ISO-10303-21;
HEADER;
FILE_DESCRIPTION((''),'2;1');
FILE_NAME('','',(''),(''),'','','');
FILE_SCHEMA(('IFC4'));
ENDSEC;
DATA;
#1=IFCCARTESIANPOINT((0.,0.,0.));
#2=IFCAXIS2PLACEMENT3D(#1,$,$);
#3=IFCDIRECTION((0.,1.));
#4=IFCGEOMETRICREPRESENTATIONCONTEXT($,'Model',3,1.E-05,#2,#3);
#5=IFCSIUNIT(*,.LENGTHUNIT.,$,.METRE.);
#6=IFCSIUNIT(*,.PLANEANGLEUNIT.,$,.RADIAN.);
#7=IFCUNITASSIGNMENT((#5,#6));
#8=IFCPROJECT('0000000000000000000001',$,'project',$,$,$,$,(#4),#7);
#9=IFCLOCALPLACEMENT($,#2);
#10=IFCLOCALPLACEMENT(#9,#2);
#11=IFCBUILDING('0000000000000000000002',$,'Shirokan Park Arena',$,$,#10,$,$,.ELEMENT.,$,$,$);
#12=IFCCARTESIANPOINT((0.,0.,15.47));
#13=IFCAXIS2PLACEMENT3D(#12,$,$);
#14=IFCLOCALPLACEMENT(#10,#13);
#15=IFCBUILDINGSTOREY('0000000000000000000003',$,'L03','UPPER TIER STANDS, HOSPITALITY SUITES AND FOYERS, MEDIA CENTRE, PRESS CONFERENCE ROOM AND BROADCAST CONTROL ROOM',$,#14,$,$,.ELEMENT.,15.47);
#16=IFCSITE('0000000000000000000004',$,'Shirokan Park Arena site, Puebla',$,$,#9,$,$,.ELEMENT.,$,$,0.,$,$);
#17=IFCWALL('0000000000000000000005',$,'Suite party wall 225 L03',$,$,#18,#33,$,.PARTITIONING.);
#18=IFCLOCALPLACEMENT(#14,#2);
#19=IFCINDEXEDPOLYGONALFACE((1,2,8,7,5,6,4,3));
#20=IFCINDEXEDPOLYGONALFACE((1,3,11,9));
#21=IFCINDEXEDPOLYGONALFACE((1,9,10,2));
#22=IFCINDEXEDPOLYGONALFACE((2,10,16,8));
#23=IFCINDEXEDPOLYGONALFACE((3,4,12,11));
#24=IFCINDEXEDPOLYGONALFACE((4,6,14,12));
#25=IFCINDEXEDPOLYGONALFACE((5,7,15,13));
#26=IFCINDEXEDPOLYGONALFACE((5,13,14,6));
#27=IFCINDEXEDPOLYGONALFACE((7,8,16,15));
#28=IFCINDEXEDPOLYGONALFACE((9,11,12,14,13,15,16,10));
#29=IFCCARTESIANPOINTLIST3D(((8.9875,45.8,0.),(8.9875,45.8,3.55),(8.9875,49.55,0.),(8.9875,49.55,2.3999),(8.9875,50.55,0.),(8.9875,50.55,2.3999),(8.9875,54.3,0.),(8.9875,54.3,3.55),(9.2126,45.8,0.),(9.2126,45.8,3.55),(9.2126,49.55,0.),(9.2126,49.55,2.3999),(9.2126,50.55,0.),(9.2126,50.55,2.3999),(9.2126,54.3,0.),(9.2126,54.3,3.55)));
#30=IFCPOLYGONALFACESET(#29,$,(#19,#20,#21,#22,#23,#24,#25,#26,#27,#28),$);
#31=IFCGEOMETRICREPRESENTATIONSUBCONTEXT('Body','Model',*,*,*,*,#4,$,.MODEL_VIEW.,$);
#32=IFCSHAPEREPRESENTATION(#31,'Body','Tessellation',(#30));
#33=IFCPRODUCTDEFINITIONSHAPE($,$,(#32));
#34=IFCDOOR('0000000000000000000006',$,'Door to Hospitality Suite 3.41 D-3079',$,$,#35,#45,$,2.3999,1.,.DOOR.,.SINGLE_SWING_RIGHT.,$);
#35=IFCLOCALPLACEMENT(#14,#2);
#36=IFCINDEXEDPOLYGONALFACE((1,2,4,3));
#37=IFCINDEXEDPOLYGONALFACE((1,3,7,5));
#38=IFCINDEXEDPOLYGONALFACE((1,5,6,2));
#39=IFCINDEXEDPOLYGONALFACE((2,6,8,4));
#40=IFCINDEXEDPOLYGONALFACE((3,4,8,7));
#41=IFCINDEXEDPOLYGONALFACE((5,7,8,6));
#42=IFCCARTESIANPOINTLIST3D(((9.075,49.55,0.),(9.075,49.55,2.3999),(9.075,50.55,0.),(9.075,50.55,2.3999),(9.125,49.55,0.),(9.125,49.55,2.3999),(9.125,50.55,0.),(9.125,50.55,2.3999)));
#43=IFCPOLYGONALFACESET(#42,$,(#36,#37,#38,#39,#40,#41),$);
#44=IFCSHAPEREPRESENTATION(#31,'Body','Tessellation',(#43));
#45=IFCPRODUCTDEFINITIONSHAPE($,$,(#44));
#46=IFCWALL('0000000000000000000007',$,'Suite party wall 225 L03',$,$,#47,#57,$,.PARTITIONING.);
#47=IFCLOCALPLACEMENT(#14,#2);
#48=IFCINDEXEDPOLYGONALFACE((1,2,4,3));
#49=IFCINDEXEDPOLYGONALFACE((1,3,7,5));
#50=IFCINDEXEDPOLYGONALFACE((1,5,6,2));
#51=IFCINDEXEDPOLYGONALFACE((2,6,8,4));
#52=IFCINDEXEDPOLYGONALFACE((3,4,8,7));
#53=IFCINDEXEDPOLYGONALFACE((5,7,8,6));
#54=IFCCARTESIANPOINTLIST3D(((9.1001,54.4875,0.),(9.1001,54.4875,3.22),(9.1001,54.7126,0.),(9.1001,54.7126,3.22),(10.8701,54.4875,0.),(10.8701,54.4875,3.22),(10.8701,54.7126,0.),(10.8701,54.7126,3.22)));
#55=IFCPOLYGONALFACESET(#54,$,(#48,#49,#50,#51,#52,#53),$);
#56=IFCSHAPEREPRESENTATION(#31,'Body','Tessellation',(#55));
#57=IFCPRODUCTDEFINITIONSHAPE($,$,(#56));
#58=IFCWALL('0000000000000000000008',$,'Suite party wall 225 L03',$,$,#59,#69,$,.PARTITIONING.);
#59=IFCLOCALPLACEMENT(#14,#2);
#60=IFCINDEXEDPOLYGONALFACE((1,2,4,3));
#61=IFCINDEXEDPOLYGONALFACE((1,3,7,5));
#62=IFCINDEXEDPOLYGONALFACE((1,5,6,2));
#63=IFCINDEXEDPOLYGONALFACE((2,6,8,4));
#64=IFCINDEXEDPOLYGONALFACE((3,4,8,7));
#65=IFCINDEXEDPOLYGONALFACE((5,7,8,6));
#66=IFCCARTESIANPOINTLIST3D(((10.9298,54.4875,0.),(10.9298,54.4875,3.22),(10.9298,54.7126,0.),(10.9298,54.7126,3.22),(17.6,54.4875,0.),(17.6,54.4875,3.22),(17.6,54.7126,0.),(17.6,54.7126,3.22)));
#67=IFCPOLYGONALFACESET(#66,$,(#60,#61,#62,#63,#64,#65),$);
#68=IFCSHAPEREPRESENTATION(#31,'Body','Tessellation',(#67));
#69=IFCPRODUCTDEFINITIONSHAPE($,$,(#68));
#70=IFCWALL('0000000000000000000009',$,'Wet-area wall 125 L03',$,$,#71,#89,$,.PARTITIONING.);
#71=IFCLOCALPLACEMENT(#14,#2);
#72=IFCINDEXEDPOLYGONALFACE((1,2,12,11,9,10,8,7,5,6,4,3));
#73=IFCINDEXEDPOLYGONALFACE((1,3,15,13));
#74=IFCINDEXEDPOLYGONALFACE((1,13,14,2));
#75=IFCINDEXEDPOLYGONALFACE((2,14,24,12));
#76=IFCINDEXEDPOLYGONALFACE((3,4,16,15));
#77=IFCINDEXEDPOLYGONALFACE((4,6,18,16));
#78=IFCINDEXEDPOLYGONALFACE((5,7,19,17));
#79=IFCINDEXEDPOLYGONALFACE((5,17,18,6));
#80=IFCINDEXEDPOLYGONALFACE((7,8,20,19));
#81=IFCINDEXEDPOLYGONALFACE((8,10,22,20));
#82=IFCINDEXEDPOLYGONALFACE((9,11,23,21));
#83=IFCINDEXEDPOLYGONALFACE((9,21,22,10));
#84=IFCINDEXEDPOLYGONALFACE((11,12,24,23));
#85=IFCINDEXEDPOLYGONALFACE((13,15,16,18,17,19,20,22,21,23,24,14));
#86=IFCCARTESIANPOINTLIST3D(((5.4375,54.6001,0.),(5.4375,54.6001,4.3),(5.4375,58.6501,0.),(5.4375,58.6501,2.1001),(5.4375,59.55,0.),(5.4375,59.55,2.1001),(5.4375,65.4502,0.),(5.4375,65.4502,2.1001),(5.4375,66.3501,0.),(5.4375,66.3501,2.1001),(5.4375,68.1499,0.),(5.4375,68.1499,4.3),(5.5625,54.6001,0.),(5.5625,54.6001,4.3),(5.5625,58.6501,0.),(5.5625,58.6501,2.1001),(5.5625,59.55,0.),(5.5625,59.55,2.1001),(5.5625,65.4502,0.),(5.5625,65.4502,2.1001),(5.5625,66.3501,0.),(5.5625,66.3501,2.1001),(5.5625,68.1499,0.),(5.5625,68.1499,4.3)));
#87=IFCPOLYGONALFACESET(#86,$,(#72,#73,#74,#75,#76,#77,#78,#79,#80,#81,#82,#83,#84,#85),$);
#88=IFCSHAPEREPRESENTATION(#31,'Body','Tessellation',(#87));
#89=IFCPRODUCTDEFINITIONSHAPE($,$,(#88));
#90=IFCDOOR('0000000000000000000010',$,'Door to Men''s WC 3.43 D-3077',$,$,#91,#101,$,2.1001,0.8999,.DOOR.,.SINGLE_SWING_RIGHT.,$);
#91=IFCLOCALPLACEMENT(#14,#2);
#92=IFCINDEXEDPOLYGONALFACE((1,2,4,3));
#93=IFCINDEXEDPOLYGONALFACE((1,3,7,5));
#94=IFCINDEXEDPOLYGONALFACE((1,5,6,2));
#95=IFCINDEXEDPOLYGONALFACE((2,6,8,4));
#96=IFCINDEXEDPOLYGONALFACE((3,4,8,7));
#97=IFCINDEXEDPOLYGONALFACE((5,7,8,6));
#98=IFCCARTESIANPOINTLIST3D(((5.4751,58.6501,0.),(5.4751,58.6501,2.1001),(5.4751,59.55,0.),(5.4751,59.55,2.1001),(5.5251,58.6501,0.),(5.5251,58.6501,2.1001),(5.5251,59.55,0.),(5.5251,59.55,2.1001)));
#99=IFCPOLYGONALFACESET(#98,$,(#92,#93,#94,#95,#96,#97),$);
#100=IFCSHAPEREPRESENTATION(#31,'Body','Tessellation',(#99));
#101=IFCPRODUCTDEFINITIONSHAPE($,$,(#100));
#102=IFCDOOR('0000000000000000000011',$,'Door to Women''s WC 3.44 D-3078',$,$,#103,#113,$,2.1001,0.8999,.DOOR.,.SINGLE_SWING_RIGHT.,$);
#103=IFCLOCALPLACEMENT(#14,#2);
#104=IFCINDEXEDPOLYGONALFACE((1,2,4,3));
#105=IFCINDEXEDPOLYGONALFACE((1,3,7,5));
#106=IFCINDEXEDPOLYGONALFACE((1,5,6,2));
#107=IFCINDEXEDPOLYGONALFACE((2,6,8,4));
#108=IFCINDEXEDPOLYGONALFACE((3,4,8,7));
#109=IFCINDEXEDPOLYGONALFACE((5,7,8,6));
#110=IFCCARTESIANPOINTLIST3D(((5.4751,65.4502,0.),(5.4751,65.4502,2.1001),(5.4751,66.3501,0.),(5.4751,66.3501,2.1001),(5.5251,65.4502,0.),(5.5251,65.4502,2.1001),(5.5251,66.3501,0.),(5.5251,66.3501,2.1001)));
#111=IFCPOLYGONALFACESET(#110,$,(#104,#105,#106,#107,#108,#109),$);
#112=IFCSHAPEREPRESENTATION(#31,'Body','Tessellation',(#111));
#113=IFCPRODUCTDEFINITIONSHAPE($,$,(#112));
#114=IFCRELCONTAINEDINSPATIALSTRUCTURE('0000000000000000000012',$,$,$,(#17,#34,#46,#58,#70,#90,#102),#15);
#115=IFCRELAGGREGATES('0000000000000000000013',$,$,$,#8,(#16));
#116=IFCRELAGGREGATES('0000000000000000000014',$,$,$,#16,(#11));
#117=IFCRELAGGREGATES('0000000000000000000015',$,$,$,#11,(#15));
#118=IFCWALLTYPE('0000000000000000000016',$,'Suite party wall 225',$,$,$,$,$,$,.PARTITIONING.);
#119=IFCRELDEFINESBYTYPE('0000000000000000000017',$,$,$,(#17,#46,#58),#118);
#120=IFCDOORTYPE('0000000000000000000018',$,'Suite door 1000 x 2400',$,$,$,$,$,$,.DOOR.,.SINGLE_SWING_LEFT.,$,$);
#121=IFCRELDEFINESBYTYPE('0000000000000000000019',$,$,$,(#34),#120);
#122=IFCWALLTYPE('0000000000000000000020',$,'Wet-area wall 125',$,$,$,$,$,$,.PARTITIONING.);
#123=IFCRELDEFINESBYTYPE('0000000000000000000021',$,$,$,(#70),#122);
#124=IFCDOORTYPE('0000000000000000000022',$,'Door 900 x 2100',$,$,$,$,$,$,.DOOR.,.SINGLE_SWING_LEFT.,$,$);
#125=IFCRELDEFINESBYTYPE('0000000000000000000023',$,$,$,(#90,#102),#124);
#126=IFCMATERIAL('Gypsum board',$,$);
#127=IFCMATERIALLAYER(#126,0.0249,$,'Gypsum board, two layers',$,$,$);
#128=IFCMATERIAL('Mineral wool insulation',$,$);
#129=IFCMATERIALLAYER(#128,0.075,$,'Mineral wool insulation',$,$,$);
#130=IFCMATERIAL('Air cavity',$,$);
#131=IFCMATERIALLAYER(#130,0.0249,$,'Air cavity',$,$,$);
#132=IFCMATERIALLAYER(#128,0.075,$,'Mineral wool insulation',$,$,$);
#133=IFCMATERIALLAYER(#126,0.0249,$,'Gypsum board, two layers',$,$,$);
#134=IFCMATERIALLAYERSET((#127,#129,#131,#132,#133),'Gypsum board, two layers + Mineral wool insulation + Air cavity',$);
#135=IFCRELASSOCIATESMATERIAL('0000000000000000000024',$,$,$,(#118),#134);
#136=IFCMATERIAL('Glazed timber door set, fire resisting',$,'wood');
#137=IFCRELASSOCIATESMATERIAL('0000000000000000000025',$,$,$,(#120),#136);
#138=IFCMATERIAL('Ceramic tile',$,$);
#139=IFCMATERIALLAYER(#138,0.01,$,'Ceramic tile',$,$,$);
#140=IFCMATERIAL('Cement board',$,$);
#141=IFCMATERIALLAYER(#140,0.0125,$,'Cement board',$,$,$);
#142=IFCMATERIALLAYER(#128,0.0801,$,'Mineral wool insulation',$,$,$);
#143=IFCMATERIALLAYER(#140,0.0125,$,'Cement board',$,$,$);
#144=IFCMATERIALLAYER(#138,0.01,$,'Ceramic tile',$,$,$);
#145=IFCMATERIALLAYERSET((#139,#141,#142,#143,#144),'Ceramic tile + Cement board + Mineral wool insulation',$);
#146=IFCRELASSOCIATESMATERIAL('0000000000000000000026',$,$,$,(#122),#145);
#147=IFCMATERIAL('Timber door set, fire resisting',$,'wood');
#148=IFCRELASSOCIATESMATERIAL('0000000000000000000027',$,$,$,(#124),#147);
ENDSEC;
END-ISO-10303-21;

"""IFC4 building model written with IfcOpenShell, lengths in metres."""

from ifc_helpers import new_model, si_unit, direction, frame, frame_2d, origin, place, context, subcontext, project, spatial, rectangle, extrude, material, layer, layer_set, type_object, element, fill, save


model = new_model("IFC4")

# Units and contexts
model_context = context("Model", 3, precision=1e-05, world=origin(), true_north=direction((0.0, 1.0)))
body_context = subcontext(model_context, "Body", "Model", "MODEL_VIEW")
ifc_project = project(units=[si_unit("LENGTHUNIT", "METRE"), si_unit("PLANEANGLEUNIT", "RADIAN")], contexts=[model_context])

# Site, building, storey
site_placement = place(None, origin())
site = spatial("IfcSite", under=ifc_project, at=site_placement, Name="Shirokan Park Arena site, Puebla", CompositionType="ELEMENT", RefElevation=0.0)
building_placement = place(site_placement, origin())
building = spatial("IfcBuilding", under=site, at=building_placement, Name="Shirokan Park Arena", CompositionType="ELEMENT")
storey_placement = place(building_placement, frame((0.0, 0.0, 15.47)))
storey = spatial("IfcBuildingStorey", under=building, at=storey_placement, Name="L03", Description="UPPER TIER STANDS, HOSPITALITY SUITES AND FOYERS, MEDIA CENTRE, PRESS CONFERENCE ROOM AND BROADCAST CONTROL ROOM", CompositionType="ELEMENT", Elevation=15.47)

# Shared definitions
ifc_material_1 = material(Name="Mineral wool insulation")
ifc_material_2 = material(Name="Gypsum board")

# Wall, opening, door
ifc_layer_1 = layer(ifc_material_2, 0.0249, Name="Gypsum board, two layers")
ifc_layer_2 = layer(ifc_material_1, 0.075, Name="Mineral wool insulation")
ifc_material_3 = material(Name="Air cavity")
ifc_layer_3 = layer(ifc_material_3, 0.0249, Name="Air cavity")
ifc_layer_4 = layer(ifc_material_1, 0.075, Name="Mineral wool insulation")
ifc_layer_5 = layer(ifc_material_2, 0.0249, Name="Gypsum board, two layers")
ifc_layer_set_1 = layer_set([ifc_layer_1, ifc_layer_2, ifc_layer_3, ifc_layer_4, ifc_layer_5], Name="Gypsum board, two layers + Mineral wool insulation + Air cavity")
wall_type_1 = type_object("IfcWallType", Name="Suite party wall 225", PredefinedType="PARTITIONING", material=ifc_layer_set_1)
wall_1_placement = place(storey_placement, frame((9.1001, 54.3, 0.0), z_axis=(0.0, 0.0, 1.0), x_axis=(0.0, -1.0, 0.0)))
wall_1 = element("IfcWall", 1, at=wall_1_placement, inside=storey, type_object=wall_type_1, Name="Suite party wall 225 L03", PredefinedType="PARTITIONING", context=body_context, shape_type="SweptSolid", body=[
    extrude(rectangle(XDim=8.5, YDim=0.2251, at=frame_2d((4.25, 0.0))), origin(), (0.0, 0.0, 1.0), 3.55),
])
opening_1_placement = place(wall_1_placement, frame((3.75, 0.0, 0.0)))
opening_1 = element("IfcOpeningElement", 2, at=opening_1_placement, cuts=wall_1, PredefinedType="OPENING", context=body_context, shape_type="SweptSolid", body=[
    extrude(rectangle(XDim=1.0, YDim=2.3999, at=frame_2d((0.5, 1.2))), frame((0.0, 0.1226, 0.0), z_axis=(0.0, -1.0, 0.0), x_axis=(1.0, 0.0, 0.0)), (0.0, 0.0, 1.0), 0.2451),
])
ifc_material_4 = material(Name="Glazed timber door set, fire resisting", Category="wood")
door_type_1 = type_object("IfcDoorType", Name="Suite door 1000 x 2400", OperationType="SINGLE_SWING_LEFT", PredefinedType="DOOR", material=ifc_material_4)
door_1_placement = place(opening_1_placement, origin())
door_1 = element("IfcDoor", 3, at=door_1_placement, inside=storey, type_object=door_type_1, Name="Door to Hospitality Suite 3.41 D-3079", OperationType="SINGLE_SWING_RIGHT", OverallHeight=2.3999, OverallWidth=1.0, PredefinedType="DOOR", context=body_context, shape_type="SweptSolid", body=[
    extrude(rectangle(XDim=1.0, YDim=2.3999, at=frame_2d((0.5, 1.2))), frame((0.0, 0.0249, 0.0), z_axis=(0.0, -1.0, 0.0), x_axis=(1.0, 0.0, 0.0)), (0.0, 0.0, 1.0), 0.05),
])
fill(opening_1, door_1)

# Walls
wall_2_placement = place(storey_placement, frame((9.1001, 54.6001, 0.0), z_axis=(0.0, 0.0, 1.0), x_axis=(1.0, 0.0, 0.0)))
element("IfcWall", 4, at=wall_2_placement, inside=storey, type_object=wall_type_1, Name="Suite party wall 225 L03", PredefinedType="PARTITIONING", context=body_context, shape_type="SweptSolid", body=[
    extrude(rectangle(XDim=1.77, YDim=0.2251, at=frame_2d((0.885, 0.0))), origin(), (0.0, 0.0, 1.0), 3.22),
])
wall_3_placement = place(storey_placement, frame((10.9299, 54.6001, 0.0), z_axis=(0.0, 0.0, 1.0), x_axis=(1.0, 0.0, 0.0)))
element("IfcWall", 5, at=wall_3_placement, inside=storey, type_object=wall_type_1, Name="Suite party wall 225 L03", PredefinedType="PARTITIONING", context=body_context, shape_type="SweptSolid", body=[
    extrude(rectangle(XDim=6.6702, YDim=0.2251, at=frame_2d((3.335, 0.0))), origin(), (0.0, 0.0, 1.0), 3.22),
])

# Wall, openings, doors
ifc_material_5 = material(Name="Ceramic tile")
ifc_layer_6 = layer(ifc_material_5, 0.01, Name="Ceramic tile")
ifc_material_6 = material(Name="Cement board")
ifc_layer_7 = layer(ifc_material_6, 0.0125, Name="Cement board")
ifc_layer_8 = layer(ifc_material_1, 0.0801, Name="Mineral wool insulation")
ifc_layer_9 = layer(ifc_material_6, 0.0125, Name="Cement board")
ifc_layer_10 = layer(ifc_material_5, 0.01, Name="Ceramic tile")
ifc_layer_set_2 = layer_set([ifc_layer_6, ifc_layer_7, ifc_layer_8, ifc_layer_9, ifc_layer_10], Name="Ceramic tile + Cement board + Mineral wool insulation")
wall_type_2 = type_object("IfcWallType", Name="Wet-area wall 125", PredefinedType="PARTITIONING", material=ifc_layer_set_2)
wall_4_placement = place(storey_placement, frame((5.5, 54.6001, 0.0), z_axis=(0.0, 0.0, 1.0), x_axis=(0.0, 1.0, 0.0)))
wall_4 = element("IfcWall", 6, at=wall_4_placement, inside=storey, type_object=wall_type_2, Name="Wet-area wall 125 L03", PredefinedType="PARTITIONING", context=body_context, shape_type="SweptSolid", body=[
    extrude(rectangle(XDim=13.5498, YDim=0.125, at=frame_2d((6.7749, 0.0))), origin(), (0.0, 0.0, 1.0), 4.3),
])
opening_2_placement = place(wall_4_placement, frame((4.05, 0.0, 0.0)))
opening_2 = element("IfcOpeningElement", 7, at=opening_2_placement, cuts=wall_4, PredefinedType="OPENING", context=body_context, shape_type="SweptSolid", body=[
    extrude(rectangle(XDim=0.8999, YDim=2.1001, at=frame_2d((0.45, 1.05))), frame((0.0, 0.0725, 0.0), z_axis=(0.0, -1.0, 0.0), x_axis=(1.0, 0.0, 0.0)), (0.0, 0.0, 1.0), 0.145),
])
opening_3_placement = place(wall_4_placement, frame((10.8501, 0.0, 0.0)))
opening_3 = element("IfcOpeningElement", 8, at=opening_3_placement, cuts=wall_4, PredefinedType="OPENING", context=body_context, shape_type="SweptSolid", body=[
    extrude(rectangle(XDim=0.8999, YDim=2.1001, at=frame_2d((0.45, 1.05))), frame((0.0, 0.0725, 0.0), z_axis=(0.0, -1.0, 0.0), x_axis=(1.0, 0.0, 0.0)), (0.0, 0.0, 1.0), 0.145),
])
ifc_material_7 = material(Name="Timber door set, fire resisting", Category="wood")
door_type_2 = type_object("IfcDoorType", Name="Door 900 x 2100", OperationType="SINGLE_SWING_LEFT", PredefinedType="DOOR", material=ifc_material_7)
door_2_placement = place(opening_2_placement, origin())
door_2 = element("IfcDoor", 9, at=door_2_placement, inside=storey, type_object=door_type_2, Name="Door to Men's WC 3.43 D-3077", OperationType="SINGLE_SWING_RIGHT", OverallHeight=2.1001, OverallWidth=0.8999, PredefinedType="DOOR", context=body_context, shape_type="SweptSolid", body=[
    extrude(rectangle(XDim=0.8999, YDim=2.1001, at=frame_2d((0.45, 1.05))), frame((0.0, 0.0249, 0.0), z_axis=(0.0, -1.0, 0.0), x_axis=(1.0, 0.0, 0.0)), (0.0, 0.0, 1.0), 0.05),
])
fill(opening_2, door_2)
door_3_placement = place(opening_3_placement, origin())
door_3 = element("IfcDoor", 10, at=door_3_placement, inside=storey, type_object=door_type_2, Name="Door to Women's WC 3.44 D-3078", OperationType="SINGLE_SWING_RIGHT", OverallHeight=2.1001, OverallWidth=0.8999, PredefinedType="DOOR", context=body_context, shape_type="SweptSolid", body=[
    extrude(rectangle(XDim=0.8999, YDim=2.1001, at=frame_2d((0.45, 1.05))), frame((0.0, 0.0249, 0.0), z_axis=(0.0, -1.0, 0.0), x_axis=(1.0, 0.0, 0.0)), (0.0, 0.0, 1.0), 0.05),
])
fill(opening_3, door_3)

save(model, "model.ifc")
